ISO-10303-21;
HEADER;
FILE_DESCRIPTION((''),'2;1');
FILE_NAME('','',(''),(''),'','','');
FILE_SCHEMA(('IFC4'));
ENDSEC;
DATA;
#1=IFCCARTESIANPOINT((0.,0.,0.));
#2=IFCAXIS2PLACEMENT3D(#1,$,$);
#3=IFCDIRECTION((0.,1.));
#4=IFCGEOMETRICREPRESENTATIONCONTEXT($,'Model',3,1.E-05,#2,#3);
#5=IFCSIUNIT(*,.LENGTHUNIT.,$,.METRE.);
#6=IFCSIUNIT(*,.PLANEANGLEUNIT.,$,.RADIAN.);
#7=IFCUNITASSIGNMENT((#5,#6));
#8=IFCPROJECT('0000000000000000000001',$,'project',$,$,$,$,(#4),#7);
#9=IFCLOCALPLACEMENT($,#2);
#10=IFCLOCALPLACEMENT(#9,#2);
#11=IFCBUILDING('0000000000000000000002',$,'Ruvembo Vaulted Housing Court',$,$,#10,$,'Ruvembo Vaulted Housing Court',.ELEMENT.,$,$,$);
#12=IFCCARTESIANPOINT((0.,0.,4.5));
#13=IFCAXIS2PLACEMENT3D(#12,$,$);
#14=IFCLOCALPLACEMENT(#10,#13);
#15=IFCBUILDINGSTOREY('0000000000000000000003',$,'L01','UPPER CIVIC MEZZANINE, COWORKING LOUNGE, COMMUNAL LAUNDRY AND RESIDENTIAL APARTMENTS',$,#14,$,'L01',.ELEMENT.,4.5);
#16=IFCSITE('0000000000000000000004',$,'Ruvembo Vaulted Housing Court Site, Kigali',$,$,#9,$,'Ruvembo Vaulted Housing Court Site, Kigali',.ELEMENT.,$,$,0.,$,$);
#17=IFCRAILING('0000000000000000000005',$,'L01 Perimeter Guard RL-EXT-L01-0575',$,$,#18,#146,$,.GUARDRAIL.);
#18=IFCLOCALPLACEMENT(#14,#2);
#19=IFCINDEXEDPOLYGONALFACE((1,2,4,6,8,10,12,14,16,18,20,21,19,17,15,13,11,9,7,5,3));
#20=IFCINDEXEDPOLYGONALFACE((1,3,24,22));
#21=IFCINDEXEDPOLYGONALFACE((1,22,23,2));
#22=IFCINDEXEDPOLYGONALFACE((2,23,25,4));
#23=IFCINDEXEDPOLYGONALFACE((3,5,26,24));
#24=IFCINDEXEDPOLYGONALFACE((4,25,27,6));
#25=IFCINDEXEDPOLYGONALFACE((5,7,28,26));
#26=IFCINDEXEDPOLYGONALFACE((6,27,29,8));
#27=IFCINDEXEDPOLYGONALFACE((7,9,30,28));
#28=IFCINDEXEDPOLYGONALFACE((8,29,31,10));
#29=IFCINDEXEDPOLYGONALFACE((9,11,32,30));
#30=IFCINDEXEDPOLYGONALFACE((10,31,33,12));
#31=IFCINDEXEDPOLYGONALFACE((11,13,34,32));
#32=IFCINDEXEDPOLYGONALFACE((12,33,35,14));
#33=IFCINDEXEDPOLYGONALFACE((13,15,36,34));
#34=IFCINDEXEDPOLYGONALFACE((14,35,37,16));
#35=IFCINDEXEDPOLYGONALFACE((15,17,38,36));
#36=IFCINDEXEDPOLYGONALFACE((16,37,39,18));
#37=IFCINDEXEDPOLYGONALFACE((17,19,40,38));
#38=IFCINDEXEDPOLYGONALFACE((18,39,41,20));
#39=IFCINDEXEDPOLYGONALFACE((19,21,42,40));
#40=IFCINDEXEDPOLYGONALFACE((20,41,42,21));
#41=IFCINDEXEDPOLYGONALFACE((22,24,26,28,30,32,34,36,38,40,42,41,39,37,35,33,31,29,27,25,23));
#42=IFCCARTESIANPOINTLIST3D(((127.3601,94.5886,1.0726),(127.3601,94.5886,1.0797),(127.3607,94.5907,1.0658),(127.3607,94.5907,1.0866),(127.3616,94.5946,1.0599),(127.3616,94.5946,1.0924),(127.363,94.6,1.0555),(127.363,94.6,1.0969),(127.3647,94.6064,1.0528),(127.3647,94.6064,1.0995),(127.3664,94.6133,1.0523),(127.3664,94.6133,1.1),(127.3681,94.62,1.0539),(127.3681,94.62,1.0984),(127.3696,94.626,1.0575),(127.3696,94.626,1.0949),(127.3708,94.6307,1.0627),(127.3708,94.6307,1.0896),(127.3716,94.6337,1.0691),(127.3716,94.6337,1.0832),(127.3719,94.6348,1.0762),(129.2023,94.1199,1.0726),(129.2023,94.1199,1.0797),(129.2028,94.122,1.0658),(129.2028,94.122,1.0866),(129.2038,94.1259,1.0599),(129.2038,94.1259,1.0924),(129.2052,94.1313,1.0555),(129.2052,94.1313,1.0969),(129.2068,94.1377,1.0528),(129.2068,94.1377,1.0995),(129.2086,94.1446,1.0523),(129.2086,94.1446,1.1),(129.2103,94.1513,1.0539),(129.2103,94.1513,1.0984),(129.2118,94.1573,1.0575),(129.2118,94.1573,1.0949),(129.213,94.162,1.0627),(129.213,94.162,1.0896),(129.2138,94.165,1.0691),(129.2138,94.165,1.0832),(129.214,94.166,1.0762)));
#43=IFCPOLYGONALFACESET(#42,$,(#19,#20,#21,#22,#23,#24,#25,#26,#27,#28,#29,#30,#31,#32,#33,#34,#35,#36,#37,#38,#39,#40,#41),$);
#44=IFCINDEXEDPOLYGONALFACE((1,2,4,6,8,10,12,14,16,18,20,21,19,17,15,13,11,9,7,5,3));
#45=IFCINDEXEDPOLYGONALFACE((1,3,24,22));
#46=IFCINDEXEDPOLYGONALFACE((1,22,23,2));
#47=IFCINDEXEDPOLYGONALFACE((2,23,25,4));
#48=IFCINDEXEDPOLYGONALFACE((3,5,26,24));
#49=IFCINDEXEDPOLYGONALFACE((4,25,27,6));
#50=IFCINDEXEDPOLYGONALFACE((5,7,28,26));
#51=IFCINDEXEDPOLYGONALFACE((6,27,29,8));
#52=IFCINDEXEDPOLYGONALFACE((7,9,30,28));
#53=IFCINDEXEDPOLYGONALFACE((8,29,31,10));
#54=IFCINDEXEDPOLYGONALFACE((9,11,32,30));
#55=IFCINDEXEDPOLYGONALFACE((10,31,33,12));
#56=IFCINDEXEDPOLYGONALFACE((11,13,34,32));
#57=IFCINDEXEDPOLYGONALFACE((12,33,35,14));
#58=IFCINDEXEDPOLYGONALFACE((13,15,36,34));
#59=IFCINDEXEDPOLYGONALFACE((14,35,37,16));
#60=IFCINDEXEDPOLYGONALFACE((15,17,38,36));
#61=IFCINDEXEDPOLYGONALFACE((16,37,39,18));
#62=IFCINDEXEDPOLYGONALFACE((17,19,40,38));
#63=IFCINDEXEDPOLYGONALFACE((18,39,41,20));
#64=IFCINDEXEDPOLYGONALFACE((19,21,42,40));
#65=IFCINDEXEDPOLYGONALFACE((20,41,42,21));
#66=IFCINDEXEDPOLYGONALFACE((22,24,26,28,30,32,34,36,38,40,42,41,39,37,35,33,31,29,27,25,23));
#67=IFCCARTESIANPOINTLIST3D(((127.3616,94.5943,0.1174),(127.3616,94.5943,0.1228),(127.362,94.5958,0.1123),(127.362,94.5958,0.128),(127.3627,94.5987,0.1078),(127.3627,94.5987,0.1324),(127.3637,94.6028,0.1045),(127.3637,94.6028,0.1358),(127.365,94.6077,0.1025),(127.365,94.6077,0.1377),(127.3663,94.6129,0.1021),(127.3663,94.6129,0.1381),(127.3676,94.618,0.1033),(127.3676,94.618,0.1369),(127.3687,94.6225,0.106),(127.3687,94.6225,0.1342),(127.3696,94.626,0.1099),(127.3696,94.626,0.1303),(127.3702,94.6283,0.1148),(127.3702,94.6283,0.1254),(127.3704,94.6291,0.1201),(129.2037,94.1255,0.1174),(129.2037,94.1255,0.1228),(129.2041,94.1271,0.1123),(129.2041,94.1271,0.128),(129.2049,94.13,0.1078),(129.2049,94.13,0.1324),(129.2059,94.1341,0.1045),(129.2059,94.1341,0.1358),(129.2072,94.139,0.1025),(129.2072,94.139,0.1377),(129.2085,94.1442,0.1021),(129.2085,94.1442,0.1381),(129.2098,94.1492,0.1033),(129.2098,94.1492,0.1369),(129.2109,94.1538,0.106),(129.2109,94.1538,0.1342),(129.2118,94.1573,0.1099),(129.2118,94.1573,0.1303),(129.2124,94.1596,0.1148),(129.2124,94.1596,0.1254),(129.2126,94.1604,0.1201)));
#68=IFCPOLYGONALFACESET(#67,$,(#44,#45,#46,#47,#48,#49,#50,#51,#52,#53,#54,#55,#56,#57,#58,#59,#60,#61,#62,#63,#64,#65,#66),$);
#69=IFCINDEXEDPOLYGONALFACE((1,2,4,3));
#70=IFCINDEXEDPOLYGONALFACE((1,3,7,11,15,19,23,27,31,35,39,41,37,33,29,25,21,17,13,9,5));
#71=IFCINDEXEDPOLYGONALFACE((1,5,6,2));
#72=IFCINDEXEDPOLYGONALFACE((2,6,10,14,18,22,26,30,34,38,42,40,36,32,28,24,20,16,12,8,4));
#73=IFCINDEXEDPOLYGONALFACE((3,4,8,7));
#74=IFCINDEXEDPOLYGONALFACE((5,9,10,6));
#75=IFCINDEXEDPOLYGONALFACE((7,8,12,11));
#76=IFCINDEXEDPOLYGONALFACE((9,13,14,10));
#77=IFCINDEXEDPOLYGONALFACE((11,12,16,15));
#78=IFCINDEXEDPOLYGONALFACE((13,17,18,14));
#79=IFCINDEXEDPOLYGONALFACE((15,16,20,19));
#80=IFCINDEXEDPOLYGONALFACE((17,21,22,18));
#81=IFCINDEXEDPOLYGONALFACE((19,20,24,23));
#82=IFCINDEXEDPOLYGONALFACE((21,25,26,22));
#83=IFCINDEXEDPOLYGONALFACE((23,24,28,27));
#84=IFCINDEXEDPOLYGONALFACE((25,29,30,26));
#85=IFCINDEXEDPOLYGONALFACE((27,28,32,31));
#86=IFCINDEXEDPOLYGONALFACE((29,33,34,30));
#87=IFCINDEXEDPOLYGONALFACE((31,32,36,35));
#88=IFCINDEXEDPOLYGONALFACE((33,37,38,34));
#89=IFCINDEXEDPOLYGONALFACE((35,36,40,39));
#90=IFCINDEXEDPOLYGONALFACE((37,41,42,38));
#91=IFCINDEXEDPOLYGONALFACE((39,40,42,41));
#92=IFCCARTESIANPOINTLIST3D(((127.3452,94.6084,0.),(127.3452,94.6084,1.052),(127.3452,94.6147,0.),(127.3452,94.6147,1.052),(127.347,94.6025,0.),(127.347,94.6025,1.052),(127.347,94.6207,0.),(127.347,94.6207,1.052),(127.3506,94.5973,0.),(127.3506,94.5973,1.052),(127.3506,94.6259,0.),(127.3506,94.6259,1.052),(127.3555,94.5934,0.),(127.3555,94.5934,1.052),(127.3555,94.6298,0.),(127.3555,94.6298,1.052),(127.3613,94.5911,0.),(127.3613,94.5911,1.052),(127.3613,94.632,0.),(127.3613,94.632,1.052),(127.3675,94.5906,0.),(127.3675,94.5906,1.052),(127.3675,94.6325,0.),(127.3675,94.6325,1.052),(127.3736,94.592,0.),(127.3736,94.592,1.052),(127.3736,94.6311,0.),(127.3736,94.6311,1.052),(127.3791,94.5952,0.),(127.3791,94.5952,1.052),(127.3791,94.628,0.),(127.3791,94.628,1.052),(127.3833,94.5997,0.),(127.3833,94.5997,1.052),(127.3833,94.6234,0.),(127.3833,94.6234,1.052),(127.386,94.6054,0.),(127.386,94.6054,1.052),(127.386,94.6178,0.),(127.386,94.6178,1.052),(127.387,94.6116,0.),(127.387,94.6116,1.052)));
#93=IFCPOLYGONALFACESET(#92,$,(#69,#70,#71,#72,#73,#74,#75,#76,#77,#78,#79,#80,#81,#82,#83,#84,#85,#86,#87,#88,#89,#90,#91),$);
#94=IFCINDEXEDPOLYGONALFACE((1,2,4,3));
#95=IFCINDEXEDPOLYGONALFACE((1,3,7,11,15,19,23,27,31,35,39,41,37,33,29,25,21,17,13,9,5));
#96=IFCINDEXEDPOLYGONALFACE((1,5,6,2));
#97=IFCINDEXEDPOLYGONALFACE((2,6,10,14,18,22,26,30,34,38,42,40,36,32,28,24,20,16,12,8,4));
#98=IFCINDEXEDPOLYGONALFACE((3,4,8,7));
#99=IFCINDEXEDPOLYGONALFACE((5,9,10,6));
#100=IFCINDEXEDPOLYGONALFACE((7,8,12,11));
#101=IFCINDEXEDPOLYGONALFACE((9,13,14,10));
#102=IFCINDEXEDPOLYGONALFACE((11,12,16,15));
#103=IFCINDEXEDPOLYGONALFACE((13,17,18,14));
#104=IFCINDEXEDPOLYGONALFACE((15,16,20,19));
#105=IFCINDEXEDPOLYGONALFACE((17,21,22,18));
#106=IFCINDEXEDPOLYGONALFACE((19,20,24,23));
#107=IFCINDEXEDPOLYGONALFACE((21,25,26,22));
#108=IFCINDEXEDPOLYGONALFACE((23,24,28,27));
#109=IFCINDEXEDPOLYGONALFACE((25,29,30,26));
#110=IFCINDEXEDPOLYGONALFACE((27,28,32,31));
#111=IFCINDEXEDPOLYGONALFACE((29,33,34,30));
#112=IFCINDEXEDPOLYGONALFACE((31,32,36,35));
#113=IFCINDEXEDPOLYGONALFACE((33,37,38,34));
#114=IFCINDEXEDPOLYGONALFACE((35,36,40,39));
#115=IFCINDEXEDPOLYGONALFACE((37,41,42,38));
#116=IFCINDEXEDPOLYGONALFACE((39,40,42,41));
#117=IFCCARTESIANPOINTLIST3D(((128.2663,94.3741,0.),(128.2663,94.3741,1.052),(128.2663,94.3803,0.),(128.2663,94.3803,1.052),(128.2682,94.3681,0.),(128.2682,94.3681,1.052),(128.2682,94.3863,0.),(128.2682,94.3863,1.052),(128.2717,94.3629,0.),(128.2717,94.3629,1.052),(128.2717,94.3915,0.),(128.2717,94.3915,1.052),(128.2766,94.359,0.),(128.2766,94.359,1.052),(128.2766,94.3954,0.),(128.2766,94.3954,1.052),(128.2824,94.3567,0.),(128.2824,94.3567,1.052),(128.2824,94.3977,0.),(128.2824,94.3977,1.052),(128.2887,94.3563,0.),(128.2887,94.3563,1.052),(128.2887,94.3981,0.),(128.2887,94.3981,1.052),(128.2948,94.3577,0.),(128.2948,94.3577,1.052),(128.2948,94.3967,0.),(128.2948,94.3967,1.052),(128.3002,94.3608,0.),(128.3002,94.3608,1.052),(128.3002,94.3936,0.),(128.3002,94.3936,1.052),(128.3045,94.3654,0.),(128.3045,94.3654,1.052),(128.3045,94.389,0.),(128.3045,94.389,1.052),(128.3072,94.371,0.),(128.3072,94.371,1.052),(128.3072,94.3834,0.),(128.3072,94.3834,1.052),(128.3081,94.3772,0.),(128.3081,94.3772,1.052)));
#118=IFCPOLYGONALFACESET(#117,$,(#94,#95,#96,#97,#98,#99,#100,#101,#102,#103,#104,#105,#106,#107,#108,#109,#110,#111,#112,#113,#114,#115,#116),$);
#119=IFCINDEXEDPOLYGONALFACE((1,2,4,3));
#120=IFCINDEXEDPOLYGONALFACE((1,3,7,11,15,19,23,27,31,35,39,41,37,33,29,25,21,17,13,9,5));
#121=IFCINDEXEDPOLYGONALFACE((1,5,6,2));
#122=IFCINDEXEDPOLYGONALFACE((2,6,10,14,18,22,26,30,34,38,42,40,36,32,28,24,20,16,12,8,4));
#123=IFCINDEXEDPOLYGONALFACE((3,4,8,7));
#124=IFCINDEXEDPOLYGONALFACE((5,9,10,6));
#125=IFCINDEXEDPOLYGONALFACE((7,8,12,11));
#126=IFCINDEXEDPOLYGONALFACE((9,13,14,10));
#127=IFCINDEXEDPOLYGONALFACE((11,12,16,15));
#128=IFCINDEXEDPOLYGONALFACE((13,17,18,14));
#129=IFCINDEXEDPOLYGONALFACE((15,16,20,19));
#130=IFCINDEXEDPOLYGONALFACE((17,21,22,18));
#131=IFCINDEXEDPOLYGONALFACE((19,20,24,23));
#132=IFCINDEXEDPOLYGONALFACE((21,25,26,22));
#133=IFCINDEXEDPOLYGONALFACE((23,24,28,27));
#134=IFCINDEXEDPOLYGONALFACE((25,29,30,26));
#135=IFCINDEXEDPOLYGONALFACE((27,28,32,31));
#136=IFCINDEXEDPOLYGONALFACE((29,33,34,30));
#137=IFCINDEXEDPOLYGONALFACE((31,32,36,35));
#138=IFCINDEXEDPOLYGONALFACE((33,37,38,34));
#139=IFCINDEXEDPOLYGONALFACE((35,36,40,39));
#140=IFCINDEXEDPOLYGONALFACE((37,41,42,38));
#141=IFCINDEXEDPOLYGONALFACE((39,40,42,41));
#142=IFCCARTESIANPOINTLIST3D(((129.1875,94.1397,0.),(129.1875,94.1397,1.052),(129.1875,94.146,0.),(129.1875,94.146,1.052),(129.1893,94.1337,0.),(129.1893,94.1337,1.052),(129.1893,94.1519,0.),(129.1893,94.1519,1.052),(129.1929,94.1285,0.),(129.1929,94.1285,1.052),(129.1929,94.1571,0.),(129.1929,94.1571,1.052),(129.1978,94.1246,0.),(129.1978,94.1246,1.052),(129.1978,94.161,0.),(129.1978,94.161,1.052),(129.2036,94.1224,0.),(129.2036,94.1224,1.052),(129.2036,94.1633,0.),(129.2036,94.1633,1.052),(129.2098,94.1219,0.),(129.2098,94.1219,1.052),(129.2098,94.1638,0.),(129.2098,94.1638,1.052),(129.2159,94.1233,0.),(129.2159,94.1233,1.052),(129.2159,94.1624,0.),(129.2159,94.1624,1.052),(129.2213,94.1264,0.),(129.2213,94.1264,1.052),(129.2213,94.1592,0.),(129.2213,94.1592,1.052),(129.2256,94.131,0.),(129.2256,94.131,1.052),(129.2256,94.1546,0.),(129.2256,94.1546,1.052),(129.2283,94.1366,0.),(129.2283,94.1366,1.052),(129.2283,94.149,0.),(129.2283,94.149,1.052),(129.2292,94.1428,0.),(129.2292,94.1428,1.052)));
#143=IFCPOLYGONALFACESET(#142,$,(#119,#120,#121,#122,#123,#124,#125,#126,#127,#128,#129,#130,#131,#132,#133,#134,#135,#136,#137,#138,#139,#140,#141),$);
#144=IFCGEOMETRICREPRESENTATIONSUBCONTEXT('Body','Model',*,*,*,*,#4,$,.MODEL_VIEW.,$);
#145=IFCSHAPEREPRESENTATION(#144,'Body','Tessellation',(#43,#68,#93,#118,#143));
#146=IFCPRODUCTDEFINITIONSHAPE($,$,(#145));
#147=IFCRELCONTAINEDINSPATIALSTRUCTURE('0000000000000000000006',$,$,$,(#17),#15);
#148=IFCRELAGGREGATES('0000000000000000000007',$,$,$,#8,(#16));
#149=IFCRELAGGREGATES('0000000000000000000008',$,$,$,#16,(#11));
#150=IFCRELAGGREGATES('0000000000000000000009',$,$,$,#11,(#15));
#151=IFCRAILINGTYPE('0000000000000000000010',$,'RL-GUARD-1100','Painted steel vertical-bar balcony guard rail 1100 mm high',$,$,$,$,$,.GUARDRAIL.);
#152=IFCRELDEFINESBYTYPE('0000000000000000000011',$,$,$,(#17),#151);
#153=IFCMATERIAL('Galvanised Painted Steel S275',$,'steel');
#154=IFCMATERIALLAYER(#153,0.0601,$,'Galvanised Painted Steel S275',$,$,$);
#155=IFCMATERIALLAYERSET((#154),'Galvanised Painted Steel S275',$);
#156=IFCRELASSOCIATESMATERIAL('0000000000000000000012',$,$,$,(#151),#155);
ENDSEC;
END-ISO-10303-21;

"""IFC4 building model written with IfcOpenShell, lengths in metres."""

from ifc_helpers import new_model, si_unit, direction, frame, origin, origin_2d, place, context, subcontext, project, spatial, circle, extrude, material, layer, layer_set, type_object, element, save


model = new_model("IFC4")

# Units and contexts
model_context = context("Model", 3, precision=1e-05, world=origin(), true_north=direction((0.0, 1.0)))
body_context = subcontext(model_context, "Body", "Model", "MODEL_VIEW")
ifc_project = project(units=[si_unit("LENGTHUNIT", "METRE"), si_unit("PLANEANGLEUNIT", "RADIAN")], contexts=[model_context])

# Site, building, storey
site_placement = place(None, origin())
site = spatial("IfcSite", under=ifc_project, at=site_placement, Name="Ruvembo Vaulted Housing Court Site, Kigali", LongName="Ruvembo Vaulted Housing Court Site, Kigali", CompositionType="ELEMENT", RefElevation=0.0)
building_placement = place(site_placement, origin())
building = spatial("IfcBuilding", under=site, at=building_placement, Name="Ruvembo Vaulted Housing Court", LongName="Ruvembo Vaulted Housing Court", CompositionType="ELEMENT")
storey_placement = place(building_placement, frame((0.0, 0.0, 4.5)))
storey = spatial("IfcBuildingStorey", under=building, at=storey_placement, Name="L01", Description="UPPER CIVIC MEZZANINE, COWORKING LOUNGE, COMMUNAL LAUNDRY AND RESIDENTIAL APARTMENTS", LongName="L01", CompositionType="ELEMENT", Elevation=4.5)

# Railing
ifc_material_1 = material(Name="Galvanised Painted Steel S275", Category="steel")
ifc_layer = layer(ifc_material_1, 0.0601, Name="Galvanised Painted Steel S275")
ifc_layer_set = layer_set([ifc_layer], Name="Galvanised Painted Steel S275")
railing_type = type_object("IfcRailingType", Name="RL-GUARD-1100", Description="Painted steel vertical-bar balcony guard rail 1100 mm high", PredefinedType="GUARDRAIL", material=ifc_layer_set)
railing_1_placement = place(storey_placement, frame((127.366, 94.6116, 0.0)))
element("IfcRailing", 1, at=railing_1_placement, inside=storey, type_object=railing_type, Name="L01 Perimeter Guard RL-EXT-L01-0575", PredefinedType="GUARDRAIL", context=body_context, shape_type="SweptSolid", body=[
    extrude(circle(Radius=0.0239, at=origin_2d()), frame((0.0, 0.0, 1.0762), z_axis=(0.969122, -0.246583, 0.0), x_axis=(0.246583, 0.969122, 0.0)), (0.0, 0.0, 1.0), 1.9009),
    extrude(circle(Radius=0.0181, at=origin_2d()), frame((0.0, 0.0, 0.1201), z_axis=(0.969122, -0.246583, 0.0), x_axis=(0.246583, 0.969122, 0.0)), (0.0, 0.0, 1.0), 1.9009),
    extrude(circle(Radius=0.021, at=origin_2d()), origin(), (0.0, 0.0, 1.0), 1.052),
    extrude(circle(Radius=0.021, at=origin_2d()), frame((0.9211, -0.2344, 0.0)), (0.0, 0.0, 1.0), 1.052),
    extrude(circle(Radius=0.021, at=origin_2d()), frame((1.8423, -0.4688, 0.0)), (0.0, 0.0, 1.0), 1.052),
])

save(model, "model.ifc")
